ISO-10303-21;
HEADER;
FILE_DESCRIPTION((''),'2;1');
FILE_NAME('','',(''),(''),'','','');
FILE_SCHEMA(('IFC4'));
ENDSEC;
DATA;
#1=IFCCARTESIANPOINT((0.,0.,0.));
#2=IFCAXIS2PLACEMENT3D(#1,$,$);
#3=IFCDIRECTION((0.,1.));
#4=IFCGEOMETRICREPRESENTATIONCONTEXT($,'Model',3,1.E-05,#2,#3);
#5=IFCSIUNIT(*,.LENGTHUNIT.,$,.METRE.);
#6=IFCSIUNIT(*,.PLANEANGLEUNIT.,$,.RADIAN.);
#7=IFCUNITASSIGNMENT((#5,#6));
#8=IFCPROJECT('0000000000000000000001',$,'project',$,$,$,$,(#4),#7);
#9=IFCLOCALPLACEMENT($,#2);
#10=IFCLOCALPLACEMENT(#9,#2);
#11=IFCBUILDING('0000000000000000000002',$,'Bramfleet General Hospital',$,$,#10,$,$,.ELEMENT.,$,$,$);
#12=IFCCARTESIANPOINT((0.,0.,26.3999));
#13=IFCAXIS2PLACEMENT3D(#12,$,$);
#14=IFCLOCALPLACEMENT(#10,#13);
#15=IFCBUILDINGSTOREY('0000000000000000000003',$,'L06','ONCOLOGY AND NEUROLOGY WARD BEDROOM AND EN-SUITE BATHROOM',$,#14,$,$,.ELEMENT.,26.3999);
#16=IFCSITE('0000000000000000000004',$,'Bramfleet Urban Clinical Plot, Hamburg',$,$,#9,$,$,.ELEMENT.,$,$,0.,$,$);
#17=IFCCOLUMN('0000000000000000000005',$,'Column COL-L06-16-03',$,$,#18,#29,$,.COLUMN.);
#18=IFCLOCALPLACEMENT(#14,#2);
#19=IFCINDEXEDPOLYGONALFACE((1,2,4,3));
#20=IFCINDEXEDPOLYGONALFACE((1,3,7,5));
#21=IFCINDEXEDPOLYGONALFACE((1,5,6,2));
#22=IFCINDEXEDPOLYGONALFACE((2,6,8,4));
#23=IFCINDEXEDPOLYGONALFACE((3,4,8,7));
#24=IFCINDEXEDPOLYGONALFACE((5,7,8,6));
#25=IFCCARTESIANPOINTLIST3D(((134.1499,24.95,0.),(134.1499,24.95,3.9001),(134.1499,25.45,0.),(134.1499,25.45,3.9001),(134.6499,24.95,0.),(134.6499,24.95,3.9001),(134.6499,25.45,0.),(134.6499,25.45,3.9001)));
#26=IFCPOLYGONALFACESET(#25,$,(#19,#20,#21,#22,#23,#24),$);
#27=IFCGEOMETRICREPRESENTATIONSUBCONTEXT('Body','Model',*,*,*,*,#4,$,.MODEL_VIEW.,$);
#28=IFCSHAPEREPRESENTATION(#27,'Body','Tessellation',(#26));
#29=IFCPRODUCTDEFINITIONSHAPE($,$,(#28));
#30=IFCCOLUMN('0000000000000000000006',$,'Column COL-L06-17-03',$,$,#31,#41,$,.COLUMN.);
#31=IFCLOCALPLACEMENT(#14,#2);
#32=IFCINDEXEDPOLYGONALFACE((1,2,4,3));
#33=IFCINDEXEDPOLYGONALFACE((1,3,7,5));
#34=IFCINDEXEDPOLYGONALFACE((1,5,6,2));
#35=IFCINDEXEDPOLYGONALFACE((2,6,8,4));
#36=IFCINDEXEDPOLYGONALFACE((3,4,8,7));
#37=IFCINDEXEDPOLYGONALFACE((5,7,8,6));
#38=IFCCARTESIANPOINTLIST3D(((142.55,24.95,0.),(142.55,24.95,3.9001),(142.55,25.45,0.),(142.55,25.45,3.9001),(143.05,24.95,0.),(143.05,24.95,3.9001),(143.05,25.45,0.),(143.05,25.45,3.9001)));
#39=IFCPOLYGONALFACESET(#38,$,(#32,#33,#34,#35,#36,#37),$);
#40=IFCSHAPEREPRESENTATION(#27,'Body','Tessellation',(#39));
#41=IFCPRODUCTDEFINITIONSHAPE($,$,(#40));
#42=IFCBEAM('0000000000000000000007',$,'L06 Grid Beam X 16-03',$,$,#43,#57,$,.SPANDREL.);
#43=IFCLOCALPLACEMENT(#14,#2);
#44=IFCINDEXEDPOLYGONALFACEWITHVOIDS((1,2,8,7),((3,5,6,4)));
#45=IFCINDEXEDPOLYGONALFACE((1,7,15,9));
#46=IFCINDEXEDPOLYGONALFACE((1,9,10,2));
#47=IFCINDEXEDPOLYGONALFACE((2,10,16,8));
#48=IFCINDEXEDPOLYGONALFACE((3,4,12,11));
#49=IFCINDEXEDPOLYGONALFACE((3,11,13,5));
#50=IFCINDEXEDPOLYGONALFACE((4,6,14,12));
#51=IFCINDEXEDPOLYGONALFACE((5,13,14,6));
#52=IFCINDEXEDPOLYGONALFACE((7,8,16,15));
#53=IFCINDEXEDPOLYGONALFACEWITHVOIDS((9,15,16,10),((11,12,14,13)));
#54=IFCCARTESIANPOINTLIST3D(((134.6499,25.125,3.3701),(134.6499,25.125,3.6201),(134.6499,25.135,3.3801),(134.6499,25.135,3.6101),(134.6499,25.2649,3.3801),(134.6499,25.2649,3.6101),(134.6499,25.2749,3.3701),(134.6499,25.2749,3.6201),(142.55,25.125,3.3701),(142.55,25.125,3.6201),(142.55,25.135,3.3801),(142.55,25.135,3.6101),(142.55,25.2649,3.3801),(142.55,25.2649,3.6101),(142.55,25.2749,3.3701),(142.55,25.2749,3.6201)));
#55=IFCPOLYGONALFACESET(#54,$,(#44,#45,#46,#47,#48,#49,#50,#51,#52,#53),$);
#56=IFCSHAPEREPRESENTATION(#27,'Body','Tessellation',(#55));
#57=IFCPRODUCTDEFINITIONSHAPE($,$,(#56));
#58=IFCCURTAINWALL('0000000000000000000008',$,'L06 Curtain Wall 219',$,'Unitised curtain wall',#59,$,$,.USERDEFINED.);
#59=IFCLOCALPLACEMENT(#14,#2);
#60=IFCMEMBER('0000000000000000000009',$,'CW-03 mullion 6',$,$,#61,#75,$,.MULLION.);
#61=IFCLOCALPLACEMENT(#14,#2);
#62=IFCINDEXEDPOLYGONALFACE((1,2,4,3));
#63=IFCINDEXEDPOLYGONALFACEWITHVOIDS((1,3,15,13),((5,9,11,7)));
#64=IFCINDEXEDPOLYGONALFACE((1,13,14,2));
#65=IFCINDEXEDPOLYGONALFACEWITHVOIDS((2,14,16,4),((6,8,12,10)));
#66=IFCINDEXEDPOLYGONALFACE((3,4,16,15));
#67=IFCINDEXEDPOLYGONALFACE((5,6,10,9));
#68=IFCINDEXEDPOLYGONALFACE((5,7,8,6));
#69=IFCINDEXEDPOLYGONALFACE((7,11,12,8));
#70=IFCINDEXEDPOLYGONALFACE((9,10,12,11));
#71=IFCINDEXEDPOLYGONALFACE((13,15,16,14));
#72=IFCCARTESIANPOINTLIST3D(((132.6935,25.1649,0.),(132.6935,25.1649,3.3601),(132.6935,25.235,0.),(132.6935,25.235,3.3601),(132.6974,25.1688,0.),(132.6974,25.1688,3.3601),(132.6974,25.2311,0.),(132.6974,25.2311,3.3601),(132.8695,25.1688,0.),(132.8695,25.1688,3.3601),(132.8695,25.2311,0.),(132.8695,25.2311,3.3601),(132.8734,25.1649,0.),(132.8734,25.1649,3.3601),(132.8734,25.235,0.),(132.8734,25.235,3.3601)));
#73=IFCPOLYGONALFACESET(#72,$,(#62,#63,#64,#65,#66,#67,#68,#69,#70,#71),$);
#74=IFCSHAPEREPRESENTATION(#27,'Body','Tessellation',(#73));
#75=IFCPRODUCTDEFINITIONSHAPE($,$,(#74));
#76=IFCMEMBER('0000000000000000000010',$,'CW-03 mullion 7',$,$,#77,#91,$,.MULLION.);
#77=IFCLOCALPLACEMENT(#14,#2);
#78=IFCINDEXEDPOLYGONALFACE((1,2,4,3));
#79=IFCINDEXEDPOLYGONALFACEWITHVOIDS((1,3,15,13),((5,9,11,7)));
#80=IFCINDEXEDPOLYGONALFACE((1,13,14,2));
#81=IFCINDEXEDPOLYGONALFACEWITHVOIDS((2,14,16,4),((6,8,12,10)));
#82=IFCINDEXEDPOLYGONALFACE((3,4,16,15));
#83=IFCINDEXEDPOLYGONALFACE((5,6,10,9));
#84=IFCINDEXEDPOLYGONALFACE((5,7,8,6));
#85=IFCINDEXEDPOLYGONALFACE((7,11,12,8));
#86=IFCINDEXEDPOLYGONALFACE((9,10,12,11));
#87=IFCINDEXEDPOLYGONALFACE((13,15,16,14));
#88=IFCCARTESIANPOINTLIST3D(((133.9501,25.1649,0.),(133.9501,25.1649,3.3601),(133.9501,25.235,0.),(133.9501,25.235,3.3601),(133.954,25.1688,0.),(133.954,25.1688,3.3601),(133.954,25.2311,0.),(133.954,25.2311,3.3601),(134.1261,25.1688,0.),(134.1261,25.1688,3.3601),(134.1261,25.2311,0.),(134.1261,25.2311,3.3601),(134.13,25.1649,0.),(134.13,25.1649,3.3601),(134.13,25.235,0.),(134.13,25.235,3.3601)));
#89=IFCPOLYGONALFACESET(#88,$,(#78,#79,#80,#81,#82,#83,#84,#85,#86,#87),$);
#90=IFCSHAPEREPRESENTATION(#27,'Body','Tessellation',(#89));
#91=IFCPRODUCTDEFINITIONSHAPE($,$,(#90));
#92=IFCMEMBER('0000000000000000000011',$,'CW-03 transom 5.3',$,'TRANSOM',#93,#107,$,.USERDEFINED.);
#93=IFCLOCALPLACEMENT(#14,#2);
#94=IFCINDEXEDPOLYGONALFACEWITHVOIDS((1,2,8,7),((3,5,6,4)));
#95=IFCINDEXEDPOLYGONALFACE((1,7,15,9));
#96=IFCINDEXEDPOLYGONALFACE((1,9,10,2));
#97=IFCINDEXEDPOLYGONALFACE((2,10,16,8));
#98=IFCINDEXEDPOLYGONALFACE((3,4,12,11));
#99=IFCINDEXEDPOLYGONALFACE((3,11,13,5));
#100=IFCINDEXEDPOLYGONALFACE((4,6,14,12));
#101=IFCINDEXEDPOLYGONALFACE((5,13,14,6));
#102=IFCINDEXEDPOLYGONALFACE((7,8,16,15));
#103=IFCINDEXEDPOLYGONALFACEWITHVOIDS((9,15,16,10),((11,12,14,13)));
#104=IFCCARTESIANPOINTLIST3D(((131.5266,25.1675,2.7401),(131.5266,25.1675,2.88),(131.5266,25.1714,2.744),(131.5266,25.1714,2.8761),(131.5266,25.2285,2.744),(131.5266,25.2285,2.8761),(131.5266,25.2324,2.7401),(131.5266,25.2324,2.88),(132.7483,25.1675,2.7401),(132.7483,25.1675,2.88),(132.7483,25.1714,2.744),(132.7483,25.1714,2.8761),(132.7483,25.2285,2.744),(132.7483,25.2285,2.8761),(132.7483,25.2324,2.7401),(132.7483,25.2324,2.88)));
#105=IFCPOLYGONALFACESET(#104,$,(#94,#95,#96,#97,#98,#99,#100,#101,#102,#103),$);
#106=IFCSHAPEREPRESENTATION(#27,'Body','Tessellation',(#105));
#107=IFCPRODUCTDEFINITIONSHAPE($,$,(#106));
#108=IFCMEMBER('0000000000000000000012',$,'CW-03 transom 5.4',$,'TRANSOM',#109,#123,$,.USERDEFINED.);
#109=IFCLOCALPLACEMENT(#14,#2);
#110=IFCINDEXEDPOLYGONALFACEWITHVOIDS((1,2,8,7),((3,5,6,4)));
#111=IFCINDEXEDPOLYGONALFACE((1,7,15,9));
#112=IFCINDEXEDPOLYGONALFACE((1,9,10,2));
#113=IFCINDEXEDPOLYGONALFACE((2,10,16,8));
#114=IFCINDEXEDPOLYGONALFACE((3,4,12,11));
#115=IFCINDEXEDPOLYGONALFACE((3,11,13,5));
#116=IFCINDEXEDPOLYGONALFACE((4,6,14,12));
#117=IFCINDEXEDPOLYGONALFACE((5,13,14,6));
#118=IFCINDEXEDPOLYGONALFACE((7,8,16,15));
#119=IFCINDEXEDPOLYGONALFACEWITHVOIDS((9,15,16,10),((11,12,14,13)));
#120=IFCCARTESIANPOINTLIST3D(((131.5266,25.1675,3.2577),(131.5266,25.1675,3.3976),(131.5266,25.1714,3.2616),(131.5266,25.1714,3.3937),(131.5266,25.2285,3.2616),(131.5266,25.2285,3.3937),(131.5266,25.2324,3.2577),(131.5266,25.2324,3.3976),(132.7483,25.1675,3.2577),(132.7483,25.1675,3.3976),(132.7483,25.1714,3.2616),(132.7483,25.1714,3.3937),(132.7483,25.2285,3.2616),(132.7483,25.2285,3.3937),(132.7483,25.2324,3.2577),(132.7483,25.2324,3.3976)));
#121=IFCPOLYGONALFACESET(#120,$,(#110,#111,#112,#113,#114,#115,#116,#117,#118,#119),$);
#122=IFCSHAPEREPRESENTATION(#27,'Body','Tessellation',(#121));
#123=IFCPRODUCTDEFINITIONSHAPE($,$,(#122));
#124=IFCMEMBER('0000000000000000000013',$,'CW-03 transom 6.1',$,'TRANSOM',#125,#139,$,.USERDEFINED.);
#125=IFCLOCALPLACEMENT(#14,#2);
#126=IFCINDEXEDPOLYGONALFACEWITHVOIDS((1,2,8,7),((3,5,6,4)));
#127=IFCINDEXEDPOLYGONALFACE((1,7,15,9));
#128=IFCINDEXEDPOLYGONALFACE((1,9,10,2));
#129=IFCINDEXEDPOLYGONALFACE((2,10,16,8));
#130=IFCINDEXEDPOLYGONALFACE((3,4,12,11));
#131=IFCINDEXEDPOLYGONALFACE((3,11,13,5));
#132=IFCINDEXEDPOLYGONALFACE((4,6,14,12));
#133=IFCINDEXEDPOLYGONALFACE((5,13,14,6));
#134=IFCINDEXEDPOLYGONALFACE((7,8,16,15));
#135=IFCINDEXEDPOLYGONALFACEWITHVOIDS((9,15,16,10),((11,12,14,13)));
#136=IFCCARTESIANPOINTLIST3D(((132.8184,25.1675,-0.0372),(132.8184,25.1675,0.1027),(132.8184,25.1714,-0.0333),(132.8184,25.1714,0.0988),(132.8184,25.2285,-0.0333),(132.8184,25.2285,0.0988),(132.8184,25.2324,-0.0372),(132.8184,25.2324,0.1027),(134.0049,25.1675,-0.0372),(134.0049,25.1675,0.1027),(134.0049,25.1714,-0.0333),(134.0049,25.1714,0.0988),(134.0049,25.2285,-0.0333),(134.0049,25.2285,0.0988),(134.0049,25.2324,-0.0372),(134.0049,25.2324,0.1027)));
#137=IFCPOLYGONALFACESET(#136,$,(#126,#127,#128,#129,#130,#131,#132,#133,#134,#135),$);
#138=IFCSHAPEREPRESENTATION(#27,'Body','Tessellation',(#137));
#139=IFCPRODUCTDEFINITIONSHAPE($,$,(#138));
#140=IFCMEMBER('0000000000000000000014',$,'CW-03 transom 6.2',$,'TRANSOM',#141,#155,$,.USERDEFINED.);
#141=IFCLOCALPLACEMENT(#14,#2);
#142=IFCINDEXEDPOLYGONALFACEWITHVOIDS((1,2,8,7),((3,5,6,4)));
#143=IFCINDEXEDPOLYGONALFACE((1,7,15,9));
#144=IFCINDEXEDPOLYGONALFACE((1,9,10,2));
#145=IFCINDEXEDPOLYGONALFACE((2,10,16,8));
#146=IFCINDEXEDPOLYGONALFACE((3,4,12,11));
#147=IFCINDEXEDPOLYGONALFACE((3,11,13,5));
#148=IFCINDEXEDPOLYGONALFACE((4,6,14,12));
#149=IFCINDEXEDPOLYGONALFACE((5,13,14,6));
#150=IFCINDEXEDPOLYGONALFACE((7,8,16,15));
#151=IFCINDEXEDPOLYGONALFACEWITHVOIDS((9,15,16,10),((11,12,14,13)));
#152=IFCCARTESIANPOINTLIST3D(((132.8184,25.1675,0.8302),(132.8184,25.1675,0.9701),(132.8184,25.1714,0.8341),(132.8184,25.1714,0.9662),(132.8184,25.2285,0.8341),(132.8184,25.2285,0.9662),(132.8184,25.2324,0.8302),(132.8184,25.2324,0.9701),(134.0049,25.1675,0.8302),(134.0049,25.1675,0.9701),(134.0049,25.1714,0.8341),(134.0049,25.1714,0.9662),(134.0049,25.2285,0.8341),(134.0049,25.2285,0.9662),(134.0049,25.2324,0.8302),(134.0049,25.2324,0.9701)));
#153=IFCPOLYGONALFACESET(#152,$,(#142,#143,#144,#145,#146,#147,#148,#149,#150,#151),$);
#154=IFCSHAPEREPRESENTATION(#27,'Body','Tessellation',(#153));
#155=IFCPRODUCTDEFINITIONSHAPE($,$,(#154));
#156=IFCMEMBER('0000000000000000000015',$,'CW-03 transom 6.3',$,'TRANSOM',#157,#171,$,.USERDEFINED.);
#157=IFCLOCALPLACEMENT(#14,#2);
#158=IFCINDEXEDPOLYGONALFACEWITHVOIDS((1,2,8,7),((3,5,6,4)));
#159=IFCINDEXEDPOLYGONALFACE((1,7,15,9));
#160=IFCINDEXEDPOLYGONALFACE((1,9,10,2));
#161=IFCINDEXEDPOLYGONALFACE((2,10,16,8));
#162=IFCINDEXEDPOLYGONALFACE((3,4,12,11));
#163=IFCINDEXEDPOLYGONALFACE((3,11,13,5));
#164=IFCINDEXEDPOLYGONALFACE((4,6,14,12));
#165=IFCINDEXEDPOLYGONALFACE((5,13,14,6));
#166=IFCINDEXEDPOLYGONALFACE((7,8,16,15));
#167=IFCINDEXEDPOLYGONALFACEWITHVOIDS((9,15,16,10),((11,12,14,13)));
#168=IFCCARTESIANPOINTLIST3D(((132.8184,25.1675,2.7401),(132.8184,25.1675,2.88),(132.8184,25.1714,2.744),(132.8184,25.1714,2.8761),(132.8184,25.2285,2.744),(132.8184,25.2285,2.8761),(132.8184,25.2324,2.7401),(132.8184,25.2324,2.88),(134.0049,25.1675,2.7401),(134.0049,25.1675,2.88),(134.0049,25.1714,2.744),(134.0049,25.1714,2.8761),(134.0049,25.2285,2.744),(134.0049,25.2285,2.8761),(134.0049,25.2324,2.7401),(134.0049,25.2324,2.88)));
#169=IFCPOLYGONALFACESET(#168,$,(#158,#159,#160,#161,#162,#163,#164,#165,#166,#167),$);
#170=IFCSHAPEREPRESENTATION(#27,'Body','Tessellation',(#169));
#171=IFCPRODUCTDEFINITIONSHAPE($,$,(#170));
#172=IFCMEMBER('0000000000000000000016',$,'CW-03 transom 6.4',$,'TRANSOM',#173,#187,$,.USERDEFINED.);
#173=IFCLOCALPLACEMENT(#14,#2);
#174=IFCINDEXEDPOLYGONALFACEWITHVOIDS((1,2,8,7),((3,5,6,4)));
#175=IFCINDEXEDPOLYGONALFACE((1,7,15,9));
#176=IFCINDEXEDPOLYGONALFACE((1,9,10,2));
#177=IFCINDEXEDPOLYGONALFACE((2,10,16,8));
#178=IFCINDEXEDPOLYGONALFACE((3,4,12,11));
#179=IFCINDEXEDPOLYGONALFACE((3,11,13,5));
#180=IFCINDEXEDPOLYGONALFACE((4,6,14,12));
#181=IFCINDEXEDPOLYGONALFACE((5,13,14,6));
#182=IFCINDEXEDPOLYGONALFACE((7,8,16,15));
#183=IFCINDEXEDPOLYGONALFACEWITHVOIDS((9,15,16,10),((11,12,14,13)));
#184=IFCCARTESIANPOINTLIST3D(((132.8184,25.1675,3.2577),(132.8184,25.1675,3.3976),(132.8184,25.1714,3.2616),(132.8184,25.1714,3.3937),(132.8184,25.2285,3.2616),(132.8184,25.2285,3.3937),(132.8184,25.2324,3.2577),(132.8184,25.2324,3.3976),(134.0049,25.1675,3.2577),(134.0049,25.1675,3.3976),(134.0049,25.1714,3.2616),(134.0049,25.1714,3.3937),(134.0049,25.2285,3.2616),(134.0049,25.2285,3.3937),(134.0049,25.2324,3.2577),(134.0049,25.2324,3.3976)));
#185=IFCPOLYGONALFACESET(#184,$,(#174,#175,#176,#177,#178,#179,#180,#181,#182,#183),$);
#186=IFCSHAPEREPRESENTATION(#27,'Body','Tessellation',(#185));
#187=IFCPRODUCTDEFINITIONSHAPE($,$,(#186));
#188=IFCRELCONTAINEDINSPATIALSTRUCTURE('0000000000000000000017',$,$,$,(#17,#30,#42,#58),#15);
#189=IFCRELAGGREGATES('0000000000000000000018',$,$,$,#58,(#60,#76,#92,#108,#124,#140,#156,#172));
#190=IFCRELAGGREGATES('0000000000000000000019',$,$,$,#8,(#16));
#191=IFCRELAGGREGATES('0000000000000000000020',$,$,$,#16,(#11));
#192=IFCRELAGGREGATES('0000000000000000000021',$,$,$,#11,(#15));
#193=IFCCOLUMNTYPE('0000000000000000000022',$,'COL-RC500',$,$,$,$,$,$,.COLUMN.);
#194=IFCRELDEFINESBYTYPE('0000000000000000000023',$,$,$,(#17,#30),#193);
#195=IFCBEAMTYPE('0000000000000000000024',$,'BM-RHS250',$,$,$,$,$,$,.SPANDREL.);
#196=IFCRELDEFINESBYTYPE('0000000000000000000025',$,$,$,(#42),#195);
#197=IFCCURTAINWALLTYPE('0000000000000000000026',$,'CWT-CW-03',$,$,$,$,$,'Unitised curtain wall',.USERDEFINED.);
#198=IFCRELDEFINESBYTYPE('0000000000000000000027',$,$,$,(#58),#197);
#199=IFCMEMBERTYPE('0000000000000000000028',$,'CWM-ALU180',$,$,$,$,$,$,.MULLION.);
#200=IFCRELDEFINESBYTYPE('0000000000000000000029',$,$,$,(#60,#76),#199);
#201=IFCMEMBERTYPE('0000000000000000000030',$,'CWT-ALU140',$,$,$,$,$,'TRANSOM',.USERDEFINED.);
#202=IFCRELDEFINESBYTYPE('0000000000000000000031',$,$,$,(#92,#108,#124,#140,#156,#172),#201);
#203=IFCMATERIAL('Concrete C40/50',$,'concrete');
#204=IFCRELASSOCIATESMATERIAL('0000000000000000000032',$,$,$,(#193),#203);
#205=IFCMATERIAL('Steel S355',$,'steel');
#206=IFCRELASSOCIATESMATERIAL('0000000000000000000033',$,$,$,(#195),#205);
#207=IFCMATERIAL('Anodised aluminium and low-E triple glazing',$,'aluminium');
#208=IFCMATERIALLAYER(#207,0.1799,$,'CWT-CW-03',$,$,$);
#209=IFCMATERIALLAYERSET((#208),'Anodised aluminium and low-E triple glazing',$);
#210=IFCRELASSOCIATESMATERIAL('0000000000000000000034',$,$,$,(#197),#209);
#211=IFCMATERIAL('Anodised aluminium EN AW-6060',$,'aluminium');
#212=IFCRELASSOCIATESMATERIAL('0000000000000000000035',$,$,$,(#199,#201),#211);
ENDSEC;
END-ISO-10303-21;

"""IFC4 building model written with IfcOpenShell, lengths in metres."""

from ifc_helpers import new_model, si_unit, direction, frame, origin, origin_2d, place, context, subcontext, project, spatial, rectangle, hollow_rectangle, extrude, material, layer, layer_set, material_profile, profile_set, type_object, element, aggregate, save


model = new_model("IFC4")

# Units and contexts
model_context = context("Model", 3, precision=1e-05, world=origin(), true_north=direction((0.0, 1.0)))
body_context = subcontext(model_context, "Body", "Model", "MODEL_VIEW")
ifc_project = project(units=[si_unit("LENGTHUNIT", "METRE"), si_unit("PLANEANGLEUNIT", "RADIAN")], contexts=[model_context])

# Site, building, storey
site_placement = place(None, origin())
site = spatial("IfcSite", under=ifc_project, at=site_placement, Name="Bramfleet Urban Clinical Plot, Hamburg", CompositionType="ELEMENT", RefElevation=0.0)
building_placement = place(site_placement, origin())
building = spatial("IfcBuilding", under=site, at=building_placement, Name="Bramfleet General Hospital", CompositionType="ELEMENT")
storey_placement = place(building_placement, frame((0.0, 0.0, 26.3999)))
storey = spatial("IfcBuildingStorey", under=building, at=storey_placement, Name="L06", Description="ONCOLOGY AND NEUROLOGY WARD BEDROOM AND EN-SUITE BATHROOM", CompositionType="ELEMENT", Elevation=26.3999)

# Columns
ifc_material_1 = material(Name="Concrete C40/50", Category="concrete")
ifc_material_profile_1 = material_profile(ifc_material_1, rectangle(XDim=0.5, YDim=0.5, at=origin_2d()), Name="RC COL 500x500")
ifc_profile_set_1 = profile_set([ifc_material_profile_1], Name="Concrete C40/50")
column_type = type_object("IfcColumnType", Name="COL-RC500", PredefinedType="COLUMN", material=ifc_profile_set_1)
for number, where, z_axis, x_axis, name in (
    (1, (134.3999, 25.2, 0.0), (0.0, 0.0, 1.0), (1.0, 0.0, 0.0), "Column COL-L06-16-03"),
    (2, (142.8, 25.2, 0.0), (0.0, 0.0, 1.0), (1.0, 0.0, 0.0), "Column COL-L06-17-03"),
):
    element("IfcColumn", number, at=place(storey_placement, frame(where, z_axis=z_axis, x_axis=x_axis)), inside=storey, type_object=column_type, Name=name, PredefinedType="COLUMN", context=body_context, shape_type="SweptSolid", body=[
        extrude(rectangle(XDim=0.5, YDim=0.5, at=origin_2d()), origin(), (0.0, 0.0, 1.0), 3.9001),
    ])

# Beam
ifc_material_2 = material(Name="Steel S355", Category="steel")
ifc_material_profile_2 = material_profile(ifc_material_2, hollow_rectangle(XDim=0.1499, YDim=0.25, WallThickness=0.01, at=origin_2d()), Name="RHS 250x150x10.0")
ifc_profile_set_2 = profile_set([ifc_material_profile_2], Name="Steel S355")
beam_type = type_object("IfcBeamType", Name="BM-RHS250", PredefinedType="SPANDREL", material=ifc_profile_set_2)
beam_placement = place(storey_placement, frame((134.6499, 25.2, 3.4951), z_axis=(1.0, 0.0, 0.0), x_axis=(0.0, 1.0, 0.0)))
element("IfcBeam", 3, at=beam_placement, inside=storey, type_object=beam_type, Name="L06 Grid Beam X 16-03", PredefinedType="SPANDREL", context=body_context, shape_type="SweptSolid", body=[
    extrude(hollow_rectangle(XDim=0.1499, YDim=0.25, WallThickness=0.01, at=origin_2d()), origin(), (0.0, 0.0, 1.0), 7.9001),
])

# Curtain wall, members
ifc_material_3 = material(Name="Anodised aluminium and low-E triple glazing", Category="aluminium")
ifc_layer_1 = layer(ifc_material_3, 0.1799, Name="CWT-CW-03")
ifc_layer_set_1 = layer_set([ifc_layer_1], Name="Anodised aluminium and low-E triple glazing")
curtain_wall_type = type_object("IfcCurtainWallType", Name="CWT-CW-03", ElementType="Unitised curtain wall", PredefinedType="USERDEFINED", material=ifc_layer_set_1)
curtain_wall_placement = place(storey_placement, origin())
curtain_wall = element("IfcCurtainWall", 4, at=curtain_wall_placement, inside=storey, type_object=curtain_wall_type, Name="L06 Curtain Wall 219", ObjectType="Unitised curtain wall", PredefinedType="USERDEFINED")
ifc_material_4 = material(Name="Anodised aluminium EN AW-6060", Category="aluminium")
ifc_material_profile_3 = material_profile(ifc_material_4, hollow_rectangle(XDim=0.0701, YDim=0.1799, WallThickness=0.0039, at=origin_2d()), Name="ALU 180x70x4.0")
ifc_profile_set_3 = profile_set([ifc_material_profile_3], Name="Anodised aluminium EN AW-6060")
member_type_1 = type_object("IfcMemberType", Name="CWM-ALU180", PredefinedType="MULLION", material=ifc_profile_set_3)
member_1_placement = place(storey_placement, frame((132.7834, 25.2, 0.0), z_axis=(0.0, 0.0, 1.0), x_axis=(0.0, 1.0, 0.0)))
member_1 = element("IfcMember", 5, at=member_1_placement, type_object=member_type_1, Name="CW-03 mullion 6", PredefinedType="MULLION", context=body_context, shape_type="SweptSolid", body=[
    extrude(hollow_rectangle(XDim=0.0701, YDim=0.1799, WallThickness=0.0039, at=origin_2d()), origin(), (0.0, 0.0, 1.0), 3.3601),
])
member_2_placement = place(storey_placement, frame((134.04, 25.2, 0.0), z_axis=(0.0, 0.0, 1.0), x_axis=(0.0, 1.0, 0.0)))
member_2 = element("IfcMember", 6, at=member_2_placement, type_object=member_type_1, Name="CW-03 mullion 7", PredefinedType="MULLION", context=body_context, shape_type="SweptSolid", body=[
    extrude(hollow_rectangle(XDim=0.0701, YDim=0.1799, WallThickness=0.0039, at=origin_2d()), origin(), (0.0, 0.0, 1.0), 3.3601),
])
ifc_material_profile_4 = material_profile(ifc_material_4, hollow_rectangle(XDim=0.0649, YDim=0.1399, WallThickness=0.0039, at=origin_2d()), Name="ALU 140x65x4.0")
ifc_profile_set_4 = profile_set([ifc_material_profile_4], Name="Anodised aluminium EN AW-6060")
member_type_2 = type_object("IfcMemberType", Name="CWT-ALU140", ElementType="TRANSOM", PredefinedType="USERDEFINED", material=ifc_profile_set_4)
member_3_placement = place(storey_placement, frame((131.5266, 25.2, 2.8101), z_axis=(1.0, 0.0, 0.0), x_axis=(0.0, 1.0, 0.0)))
member_3 = element("IfcMember", 7, at=member_3_placement, type_object=member_type_2, Name="CW-03 transom 5.3", ObjectType="TRANSOM", PredefinedType="USERDEFINED", context=body_context, shape_type="SweptSolid", body=[
    extrude(hollow_rectangle(XDim=0.0649, YDim=0.1399, WallThickness=0.0039, at=origin_2d()), origin(), (0.0, 0.0, 1.0), 1.2217),
])
member_4_placement = place(storey_placement, frame((131.5266, 25.2, 3.3276), z_axis=(1.0, 0.0, 0.0), x_axis=(0.0, 1.0, 0.0)))
member_4 = element("IfcMember", 8, at=member_4_placement, type_object=member_type_2, Name="CW-03 transom 5.4", ObjectType="TRANSOM", PredefinedType="USERDEFINED", context=body_context, shape_type="SweptSolid", body=[
    extrude(hollow_rectangle(XDim=0.0649, YDim=0.1399, WallThickness=0.0039, at=origin_2d()), origin(), (0.0, 0.0, 1.0), 1.2217),
])
member_5_placement = place(storey_placement, frame((132.8184, 25.2, 0.0327), z_axis=(1.0, 0.0, 0.0), x_axis=(0.0, 1.0, 0.0)))
member_5 = element("IfcMember", 9, at=member_5_placement, type_object=member_type_2, Name="CW-03 transom 6.1", ObjectType="TRANSOM", PredefinedType="USERDEFINED", context=body_context, shape_type="SweptSolid", body=[
    extrude(hollow_rectangle(XDim=0.0649, YDim=0.1399, WallThickness=0.0039, at=origin_2d()), origin(), (0.0, 0.0, 1.0), 1.1865),
])
member_6_placement = place(storey_placement, frame((132.8184, 25.2, 0.9001), z_axis=(1.0, 0.0, 0.0), x_axis=(0.0, 1.0, 0.0)))
member_6 = element("IfcMember", 10, at=member_6_placement, type_object=member_type_2, Name="CW-03 transom 6.2", ObjectType="TRANSOM", PredefinedType="USERDEFINED", context=body_context, shape_type="SweptSolid", body=[
    extrude(hollow_rectangle(XDim=0.0649, YDim=0.1399, WallThickness=0.0039, at=origin_2d()), origin(), (0.0, 0.0, 1.0), 1.1865),
])
member_7_placement = place(storey_placement, frame((132.8184, 25.2, 2.8101), z_axis=(1.0, 0.0, 0.0), x_axis=(0.0, 1.0, 0.0)))
member_7 = element("IfcMember", 11, at=member_7_placement, type_object=member_type_2, Name="CW-03 transom 6.3", ObjectType="TRANSOM", PredefinedType="USERDEFINED", context=body_context, shape_type="SweptSolid", body=[
    extrude(hollow_rectangle(XDim=0.0649, YDim=0.1399, WallThickness=0.0039, at=origin_2d()), origin(), (0.0, 0.0, 1.0), 1.1865),
])
member_8_placement = place(storey_placement, frame((132.8184, 25.2, 3.3276), z_axis=(1.0, 0.0, 0.0), x_axis=(0.0, 1.0, 0.0)))
member_8 = element("IfcMember", 12, at=member_8_placement, type_object=member_type_2, Name="CW-03 transom 6.4", ObjectType="TRANSOM", PredefinedType="USERDEFINED", context=body_context, shape_type="SweptSolid", body=[
    extrude(hollow_rectangle(XDim=0.0649, YDim=0.1399, WallThickness=0.0039, at=origin_2d()), origin(), (0.0, 0.0, 1.0), 1.1865),
])
aggregate(curtain_wall, [member_1, member_2, member_3, member_4, member_5, member_6, member_7, member_8])

save(model, "model.ifc")
